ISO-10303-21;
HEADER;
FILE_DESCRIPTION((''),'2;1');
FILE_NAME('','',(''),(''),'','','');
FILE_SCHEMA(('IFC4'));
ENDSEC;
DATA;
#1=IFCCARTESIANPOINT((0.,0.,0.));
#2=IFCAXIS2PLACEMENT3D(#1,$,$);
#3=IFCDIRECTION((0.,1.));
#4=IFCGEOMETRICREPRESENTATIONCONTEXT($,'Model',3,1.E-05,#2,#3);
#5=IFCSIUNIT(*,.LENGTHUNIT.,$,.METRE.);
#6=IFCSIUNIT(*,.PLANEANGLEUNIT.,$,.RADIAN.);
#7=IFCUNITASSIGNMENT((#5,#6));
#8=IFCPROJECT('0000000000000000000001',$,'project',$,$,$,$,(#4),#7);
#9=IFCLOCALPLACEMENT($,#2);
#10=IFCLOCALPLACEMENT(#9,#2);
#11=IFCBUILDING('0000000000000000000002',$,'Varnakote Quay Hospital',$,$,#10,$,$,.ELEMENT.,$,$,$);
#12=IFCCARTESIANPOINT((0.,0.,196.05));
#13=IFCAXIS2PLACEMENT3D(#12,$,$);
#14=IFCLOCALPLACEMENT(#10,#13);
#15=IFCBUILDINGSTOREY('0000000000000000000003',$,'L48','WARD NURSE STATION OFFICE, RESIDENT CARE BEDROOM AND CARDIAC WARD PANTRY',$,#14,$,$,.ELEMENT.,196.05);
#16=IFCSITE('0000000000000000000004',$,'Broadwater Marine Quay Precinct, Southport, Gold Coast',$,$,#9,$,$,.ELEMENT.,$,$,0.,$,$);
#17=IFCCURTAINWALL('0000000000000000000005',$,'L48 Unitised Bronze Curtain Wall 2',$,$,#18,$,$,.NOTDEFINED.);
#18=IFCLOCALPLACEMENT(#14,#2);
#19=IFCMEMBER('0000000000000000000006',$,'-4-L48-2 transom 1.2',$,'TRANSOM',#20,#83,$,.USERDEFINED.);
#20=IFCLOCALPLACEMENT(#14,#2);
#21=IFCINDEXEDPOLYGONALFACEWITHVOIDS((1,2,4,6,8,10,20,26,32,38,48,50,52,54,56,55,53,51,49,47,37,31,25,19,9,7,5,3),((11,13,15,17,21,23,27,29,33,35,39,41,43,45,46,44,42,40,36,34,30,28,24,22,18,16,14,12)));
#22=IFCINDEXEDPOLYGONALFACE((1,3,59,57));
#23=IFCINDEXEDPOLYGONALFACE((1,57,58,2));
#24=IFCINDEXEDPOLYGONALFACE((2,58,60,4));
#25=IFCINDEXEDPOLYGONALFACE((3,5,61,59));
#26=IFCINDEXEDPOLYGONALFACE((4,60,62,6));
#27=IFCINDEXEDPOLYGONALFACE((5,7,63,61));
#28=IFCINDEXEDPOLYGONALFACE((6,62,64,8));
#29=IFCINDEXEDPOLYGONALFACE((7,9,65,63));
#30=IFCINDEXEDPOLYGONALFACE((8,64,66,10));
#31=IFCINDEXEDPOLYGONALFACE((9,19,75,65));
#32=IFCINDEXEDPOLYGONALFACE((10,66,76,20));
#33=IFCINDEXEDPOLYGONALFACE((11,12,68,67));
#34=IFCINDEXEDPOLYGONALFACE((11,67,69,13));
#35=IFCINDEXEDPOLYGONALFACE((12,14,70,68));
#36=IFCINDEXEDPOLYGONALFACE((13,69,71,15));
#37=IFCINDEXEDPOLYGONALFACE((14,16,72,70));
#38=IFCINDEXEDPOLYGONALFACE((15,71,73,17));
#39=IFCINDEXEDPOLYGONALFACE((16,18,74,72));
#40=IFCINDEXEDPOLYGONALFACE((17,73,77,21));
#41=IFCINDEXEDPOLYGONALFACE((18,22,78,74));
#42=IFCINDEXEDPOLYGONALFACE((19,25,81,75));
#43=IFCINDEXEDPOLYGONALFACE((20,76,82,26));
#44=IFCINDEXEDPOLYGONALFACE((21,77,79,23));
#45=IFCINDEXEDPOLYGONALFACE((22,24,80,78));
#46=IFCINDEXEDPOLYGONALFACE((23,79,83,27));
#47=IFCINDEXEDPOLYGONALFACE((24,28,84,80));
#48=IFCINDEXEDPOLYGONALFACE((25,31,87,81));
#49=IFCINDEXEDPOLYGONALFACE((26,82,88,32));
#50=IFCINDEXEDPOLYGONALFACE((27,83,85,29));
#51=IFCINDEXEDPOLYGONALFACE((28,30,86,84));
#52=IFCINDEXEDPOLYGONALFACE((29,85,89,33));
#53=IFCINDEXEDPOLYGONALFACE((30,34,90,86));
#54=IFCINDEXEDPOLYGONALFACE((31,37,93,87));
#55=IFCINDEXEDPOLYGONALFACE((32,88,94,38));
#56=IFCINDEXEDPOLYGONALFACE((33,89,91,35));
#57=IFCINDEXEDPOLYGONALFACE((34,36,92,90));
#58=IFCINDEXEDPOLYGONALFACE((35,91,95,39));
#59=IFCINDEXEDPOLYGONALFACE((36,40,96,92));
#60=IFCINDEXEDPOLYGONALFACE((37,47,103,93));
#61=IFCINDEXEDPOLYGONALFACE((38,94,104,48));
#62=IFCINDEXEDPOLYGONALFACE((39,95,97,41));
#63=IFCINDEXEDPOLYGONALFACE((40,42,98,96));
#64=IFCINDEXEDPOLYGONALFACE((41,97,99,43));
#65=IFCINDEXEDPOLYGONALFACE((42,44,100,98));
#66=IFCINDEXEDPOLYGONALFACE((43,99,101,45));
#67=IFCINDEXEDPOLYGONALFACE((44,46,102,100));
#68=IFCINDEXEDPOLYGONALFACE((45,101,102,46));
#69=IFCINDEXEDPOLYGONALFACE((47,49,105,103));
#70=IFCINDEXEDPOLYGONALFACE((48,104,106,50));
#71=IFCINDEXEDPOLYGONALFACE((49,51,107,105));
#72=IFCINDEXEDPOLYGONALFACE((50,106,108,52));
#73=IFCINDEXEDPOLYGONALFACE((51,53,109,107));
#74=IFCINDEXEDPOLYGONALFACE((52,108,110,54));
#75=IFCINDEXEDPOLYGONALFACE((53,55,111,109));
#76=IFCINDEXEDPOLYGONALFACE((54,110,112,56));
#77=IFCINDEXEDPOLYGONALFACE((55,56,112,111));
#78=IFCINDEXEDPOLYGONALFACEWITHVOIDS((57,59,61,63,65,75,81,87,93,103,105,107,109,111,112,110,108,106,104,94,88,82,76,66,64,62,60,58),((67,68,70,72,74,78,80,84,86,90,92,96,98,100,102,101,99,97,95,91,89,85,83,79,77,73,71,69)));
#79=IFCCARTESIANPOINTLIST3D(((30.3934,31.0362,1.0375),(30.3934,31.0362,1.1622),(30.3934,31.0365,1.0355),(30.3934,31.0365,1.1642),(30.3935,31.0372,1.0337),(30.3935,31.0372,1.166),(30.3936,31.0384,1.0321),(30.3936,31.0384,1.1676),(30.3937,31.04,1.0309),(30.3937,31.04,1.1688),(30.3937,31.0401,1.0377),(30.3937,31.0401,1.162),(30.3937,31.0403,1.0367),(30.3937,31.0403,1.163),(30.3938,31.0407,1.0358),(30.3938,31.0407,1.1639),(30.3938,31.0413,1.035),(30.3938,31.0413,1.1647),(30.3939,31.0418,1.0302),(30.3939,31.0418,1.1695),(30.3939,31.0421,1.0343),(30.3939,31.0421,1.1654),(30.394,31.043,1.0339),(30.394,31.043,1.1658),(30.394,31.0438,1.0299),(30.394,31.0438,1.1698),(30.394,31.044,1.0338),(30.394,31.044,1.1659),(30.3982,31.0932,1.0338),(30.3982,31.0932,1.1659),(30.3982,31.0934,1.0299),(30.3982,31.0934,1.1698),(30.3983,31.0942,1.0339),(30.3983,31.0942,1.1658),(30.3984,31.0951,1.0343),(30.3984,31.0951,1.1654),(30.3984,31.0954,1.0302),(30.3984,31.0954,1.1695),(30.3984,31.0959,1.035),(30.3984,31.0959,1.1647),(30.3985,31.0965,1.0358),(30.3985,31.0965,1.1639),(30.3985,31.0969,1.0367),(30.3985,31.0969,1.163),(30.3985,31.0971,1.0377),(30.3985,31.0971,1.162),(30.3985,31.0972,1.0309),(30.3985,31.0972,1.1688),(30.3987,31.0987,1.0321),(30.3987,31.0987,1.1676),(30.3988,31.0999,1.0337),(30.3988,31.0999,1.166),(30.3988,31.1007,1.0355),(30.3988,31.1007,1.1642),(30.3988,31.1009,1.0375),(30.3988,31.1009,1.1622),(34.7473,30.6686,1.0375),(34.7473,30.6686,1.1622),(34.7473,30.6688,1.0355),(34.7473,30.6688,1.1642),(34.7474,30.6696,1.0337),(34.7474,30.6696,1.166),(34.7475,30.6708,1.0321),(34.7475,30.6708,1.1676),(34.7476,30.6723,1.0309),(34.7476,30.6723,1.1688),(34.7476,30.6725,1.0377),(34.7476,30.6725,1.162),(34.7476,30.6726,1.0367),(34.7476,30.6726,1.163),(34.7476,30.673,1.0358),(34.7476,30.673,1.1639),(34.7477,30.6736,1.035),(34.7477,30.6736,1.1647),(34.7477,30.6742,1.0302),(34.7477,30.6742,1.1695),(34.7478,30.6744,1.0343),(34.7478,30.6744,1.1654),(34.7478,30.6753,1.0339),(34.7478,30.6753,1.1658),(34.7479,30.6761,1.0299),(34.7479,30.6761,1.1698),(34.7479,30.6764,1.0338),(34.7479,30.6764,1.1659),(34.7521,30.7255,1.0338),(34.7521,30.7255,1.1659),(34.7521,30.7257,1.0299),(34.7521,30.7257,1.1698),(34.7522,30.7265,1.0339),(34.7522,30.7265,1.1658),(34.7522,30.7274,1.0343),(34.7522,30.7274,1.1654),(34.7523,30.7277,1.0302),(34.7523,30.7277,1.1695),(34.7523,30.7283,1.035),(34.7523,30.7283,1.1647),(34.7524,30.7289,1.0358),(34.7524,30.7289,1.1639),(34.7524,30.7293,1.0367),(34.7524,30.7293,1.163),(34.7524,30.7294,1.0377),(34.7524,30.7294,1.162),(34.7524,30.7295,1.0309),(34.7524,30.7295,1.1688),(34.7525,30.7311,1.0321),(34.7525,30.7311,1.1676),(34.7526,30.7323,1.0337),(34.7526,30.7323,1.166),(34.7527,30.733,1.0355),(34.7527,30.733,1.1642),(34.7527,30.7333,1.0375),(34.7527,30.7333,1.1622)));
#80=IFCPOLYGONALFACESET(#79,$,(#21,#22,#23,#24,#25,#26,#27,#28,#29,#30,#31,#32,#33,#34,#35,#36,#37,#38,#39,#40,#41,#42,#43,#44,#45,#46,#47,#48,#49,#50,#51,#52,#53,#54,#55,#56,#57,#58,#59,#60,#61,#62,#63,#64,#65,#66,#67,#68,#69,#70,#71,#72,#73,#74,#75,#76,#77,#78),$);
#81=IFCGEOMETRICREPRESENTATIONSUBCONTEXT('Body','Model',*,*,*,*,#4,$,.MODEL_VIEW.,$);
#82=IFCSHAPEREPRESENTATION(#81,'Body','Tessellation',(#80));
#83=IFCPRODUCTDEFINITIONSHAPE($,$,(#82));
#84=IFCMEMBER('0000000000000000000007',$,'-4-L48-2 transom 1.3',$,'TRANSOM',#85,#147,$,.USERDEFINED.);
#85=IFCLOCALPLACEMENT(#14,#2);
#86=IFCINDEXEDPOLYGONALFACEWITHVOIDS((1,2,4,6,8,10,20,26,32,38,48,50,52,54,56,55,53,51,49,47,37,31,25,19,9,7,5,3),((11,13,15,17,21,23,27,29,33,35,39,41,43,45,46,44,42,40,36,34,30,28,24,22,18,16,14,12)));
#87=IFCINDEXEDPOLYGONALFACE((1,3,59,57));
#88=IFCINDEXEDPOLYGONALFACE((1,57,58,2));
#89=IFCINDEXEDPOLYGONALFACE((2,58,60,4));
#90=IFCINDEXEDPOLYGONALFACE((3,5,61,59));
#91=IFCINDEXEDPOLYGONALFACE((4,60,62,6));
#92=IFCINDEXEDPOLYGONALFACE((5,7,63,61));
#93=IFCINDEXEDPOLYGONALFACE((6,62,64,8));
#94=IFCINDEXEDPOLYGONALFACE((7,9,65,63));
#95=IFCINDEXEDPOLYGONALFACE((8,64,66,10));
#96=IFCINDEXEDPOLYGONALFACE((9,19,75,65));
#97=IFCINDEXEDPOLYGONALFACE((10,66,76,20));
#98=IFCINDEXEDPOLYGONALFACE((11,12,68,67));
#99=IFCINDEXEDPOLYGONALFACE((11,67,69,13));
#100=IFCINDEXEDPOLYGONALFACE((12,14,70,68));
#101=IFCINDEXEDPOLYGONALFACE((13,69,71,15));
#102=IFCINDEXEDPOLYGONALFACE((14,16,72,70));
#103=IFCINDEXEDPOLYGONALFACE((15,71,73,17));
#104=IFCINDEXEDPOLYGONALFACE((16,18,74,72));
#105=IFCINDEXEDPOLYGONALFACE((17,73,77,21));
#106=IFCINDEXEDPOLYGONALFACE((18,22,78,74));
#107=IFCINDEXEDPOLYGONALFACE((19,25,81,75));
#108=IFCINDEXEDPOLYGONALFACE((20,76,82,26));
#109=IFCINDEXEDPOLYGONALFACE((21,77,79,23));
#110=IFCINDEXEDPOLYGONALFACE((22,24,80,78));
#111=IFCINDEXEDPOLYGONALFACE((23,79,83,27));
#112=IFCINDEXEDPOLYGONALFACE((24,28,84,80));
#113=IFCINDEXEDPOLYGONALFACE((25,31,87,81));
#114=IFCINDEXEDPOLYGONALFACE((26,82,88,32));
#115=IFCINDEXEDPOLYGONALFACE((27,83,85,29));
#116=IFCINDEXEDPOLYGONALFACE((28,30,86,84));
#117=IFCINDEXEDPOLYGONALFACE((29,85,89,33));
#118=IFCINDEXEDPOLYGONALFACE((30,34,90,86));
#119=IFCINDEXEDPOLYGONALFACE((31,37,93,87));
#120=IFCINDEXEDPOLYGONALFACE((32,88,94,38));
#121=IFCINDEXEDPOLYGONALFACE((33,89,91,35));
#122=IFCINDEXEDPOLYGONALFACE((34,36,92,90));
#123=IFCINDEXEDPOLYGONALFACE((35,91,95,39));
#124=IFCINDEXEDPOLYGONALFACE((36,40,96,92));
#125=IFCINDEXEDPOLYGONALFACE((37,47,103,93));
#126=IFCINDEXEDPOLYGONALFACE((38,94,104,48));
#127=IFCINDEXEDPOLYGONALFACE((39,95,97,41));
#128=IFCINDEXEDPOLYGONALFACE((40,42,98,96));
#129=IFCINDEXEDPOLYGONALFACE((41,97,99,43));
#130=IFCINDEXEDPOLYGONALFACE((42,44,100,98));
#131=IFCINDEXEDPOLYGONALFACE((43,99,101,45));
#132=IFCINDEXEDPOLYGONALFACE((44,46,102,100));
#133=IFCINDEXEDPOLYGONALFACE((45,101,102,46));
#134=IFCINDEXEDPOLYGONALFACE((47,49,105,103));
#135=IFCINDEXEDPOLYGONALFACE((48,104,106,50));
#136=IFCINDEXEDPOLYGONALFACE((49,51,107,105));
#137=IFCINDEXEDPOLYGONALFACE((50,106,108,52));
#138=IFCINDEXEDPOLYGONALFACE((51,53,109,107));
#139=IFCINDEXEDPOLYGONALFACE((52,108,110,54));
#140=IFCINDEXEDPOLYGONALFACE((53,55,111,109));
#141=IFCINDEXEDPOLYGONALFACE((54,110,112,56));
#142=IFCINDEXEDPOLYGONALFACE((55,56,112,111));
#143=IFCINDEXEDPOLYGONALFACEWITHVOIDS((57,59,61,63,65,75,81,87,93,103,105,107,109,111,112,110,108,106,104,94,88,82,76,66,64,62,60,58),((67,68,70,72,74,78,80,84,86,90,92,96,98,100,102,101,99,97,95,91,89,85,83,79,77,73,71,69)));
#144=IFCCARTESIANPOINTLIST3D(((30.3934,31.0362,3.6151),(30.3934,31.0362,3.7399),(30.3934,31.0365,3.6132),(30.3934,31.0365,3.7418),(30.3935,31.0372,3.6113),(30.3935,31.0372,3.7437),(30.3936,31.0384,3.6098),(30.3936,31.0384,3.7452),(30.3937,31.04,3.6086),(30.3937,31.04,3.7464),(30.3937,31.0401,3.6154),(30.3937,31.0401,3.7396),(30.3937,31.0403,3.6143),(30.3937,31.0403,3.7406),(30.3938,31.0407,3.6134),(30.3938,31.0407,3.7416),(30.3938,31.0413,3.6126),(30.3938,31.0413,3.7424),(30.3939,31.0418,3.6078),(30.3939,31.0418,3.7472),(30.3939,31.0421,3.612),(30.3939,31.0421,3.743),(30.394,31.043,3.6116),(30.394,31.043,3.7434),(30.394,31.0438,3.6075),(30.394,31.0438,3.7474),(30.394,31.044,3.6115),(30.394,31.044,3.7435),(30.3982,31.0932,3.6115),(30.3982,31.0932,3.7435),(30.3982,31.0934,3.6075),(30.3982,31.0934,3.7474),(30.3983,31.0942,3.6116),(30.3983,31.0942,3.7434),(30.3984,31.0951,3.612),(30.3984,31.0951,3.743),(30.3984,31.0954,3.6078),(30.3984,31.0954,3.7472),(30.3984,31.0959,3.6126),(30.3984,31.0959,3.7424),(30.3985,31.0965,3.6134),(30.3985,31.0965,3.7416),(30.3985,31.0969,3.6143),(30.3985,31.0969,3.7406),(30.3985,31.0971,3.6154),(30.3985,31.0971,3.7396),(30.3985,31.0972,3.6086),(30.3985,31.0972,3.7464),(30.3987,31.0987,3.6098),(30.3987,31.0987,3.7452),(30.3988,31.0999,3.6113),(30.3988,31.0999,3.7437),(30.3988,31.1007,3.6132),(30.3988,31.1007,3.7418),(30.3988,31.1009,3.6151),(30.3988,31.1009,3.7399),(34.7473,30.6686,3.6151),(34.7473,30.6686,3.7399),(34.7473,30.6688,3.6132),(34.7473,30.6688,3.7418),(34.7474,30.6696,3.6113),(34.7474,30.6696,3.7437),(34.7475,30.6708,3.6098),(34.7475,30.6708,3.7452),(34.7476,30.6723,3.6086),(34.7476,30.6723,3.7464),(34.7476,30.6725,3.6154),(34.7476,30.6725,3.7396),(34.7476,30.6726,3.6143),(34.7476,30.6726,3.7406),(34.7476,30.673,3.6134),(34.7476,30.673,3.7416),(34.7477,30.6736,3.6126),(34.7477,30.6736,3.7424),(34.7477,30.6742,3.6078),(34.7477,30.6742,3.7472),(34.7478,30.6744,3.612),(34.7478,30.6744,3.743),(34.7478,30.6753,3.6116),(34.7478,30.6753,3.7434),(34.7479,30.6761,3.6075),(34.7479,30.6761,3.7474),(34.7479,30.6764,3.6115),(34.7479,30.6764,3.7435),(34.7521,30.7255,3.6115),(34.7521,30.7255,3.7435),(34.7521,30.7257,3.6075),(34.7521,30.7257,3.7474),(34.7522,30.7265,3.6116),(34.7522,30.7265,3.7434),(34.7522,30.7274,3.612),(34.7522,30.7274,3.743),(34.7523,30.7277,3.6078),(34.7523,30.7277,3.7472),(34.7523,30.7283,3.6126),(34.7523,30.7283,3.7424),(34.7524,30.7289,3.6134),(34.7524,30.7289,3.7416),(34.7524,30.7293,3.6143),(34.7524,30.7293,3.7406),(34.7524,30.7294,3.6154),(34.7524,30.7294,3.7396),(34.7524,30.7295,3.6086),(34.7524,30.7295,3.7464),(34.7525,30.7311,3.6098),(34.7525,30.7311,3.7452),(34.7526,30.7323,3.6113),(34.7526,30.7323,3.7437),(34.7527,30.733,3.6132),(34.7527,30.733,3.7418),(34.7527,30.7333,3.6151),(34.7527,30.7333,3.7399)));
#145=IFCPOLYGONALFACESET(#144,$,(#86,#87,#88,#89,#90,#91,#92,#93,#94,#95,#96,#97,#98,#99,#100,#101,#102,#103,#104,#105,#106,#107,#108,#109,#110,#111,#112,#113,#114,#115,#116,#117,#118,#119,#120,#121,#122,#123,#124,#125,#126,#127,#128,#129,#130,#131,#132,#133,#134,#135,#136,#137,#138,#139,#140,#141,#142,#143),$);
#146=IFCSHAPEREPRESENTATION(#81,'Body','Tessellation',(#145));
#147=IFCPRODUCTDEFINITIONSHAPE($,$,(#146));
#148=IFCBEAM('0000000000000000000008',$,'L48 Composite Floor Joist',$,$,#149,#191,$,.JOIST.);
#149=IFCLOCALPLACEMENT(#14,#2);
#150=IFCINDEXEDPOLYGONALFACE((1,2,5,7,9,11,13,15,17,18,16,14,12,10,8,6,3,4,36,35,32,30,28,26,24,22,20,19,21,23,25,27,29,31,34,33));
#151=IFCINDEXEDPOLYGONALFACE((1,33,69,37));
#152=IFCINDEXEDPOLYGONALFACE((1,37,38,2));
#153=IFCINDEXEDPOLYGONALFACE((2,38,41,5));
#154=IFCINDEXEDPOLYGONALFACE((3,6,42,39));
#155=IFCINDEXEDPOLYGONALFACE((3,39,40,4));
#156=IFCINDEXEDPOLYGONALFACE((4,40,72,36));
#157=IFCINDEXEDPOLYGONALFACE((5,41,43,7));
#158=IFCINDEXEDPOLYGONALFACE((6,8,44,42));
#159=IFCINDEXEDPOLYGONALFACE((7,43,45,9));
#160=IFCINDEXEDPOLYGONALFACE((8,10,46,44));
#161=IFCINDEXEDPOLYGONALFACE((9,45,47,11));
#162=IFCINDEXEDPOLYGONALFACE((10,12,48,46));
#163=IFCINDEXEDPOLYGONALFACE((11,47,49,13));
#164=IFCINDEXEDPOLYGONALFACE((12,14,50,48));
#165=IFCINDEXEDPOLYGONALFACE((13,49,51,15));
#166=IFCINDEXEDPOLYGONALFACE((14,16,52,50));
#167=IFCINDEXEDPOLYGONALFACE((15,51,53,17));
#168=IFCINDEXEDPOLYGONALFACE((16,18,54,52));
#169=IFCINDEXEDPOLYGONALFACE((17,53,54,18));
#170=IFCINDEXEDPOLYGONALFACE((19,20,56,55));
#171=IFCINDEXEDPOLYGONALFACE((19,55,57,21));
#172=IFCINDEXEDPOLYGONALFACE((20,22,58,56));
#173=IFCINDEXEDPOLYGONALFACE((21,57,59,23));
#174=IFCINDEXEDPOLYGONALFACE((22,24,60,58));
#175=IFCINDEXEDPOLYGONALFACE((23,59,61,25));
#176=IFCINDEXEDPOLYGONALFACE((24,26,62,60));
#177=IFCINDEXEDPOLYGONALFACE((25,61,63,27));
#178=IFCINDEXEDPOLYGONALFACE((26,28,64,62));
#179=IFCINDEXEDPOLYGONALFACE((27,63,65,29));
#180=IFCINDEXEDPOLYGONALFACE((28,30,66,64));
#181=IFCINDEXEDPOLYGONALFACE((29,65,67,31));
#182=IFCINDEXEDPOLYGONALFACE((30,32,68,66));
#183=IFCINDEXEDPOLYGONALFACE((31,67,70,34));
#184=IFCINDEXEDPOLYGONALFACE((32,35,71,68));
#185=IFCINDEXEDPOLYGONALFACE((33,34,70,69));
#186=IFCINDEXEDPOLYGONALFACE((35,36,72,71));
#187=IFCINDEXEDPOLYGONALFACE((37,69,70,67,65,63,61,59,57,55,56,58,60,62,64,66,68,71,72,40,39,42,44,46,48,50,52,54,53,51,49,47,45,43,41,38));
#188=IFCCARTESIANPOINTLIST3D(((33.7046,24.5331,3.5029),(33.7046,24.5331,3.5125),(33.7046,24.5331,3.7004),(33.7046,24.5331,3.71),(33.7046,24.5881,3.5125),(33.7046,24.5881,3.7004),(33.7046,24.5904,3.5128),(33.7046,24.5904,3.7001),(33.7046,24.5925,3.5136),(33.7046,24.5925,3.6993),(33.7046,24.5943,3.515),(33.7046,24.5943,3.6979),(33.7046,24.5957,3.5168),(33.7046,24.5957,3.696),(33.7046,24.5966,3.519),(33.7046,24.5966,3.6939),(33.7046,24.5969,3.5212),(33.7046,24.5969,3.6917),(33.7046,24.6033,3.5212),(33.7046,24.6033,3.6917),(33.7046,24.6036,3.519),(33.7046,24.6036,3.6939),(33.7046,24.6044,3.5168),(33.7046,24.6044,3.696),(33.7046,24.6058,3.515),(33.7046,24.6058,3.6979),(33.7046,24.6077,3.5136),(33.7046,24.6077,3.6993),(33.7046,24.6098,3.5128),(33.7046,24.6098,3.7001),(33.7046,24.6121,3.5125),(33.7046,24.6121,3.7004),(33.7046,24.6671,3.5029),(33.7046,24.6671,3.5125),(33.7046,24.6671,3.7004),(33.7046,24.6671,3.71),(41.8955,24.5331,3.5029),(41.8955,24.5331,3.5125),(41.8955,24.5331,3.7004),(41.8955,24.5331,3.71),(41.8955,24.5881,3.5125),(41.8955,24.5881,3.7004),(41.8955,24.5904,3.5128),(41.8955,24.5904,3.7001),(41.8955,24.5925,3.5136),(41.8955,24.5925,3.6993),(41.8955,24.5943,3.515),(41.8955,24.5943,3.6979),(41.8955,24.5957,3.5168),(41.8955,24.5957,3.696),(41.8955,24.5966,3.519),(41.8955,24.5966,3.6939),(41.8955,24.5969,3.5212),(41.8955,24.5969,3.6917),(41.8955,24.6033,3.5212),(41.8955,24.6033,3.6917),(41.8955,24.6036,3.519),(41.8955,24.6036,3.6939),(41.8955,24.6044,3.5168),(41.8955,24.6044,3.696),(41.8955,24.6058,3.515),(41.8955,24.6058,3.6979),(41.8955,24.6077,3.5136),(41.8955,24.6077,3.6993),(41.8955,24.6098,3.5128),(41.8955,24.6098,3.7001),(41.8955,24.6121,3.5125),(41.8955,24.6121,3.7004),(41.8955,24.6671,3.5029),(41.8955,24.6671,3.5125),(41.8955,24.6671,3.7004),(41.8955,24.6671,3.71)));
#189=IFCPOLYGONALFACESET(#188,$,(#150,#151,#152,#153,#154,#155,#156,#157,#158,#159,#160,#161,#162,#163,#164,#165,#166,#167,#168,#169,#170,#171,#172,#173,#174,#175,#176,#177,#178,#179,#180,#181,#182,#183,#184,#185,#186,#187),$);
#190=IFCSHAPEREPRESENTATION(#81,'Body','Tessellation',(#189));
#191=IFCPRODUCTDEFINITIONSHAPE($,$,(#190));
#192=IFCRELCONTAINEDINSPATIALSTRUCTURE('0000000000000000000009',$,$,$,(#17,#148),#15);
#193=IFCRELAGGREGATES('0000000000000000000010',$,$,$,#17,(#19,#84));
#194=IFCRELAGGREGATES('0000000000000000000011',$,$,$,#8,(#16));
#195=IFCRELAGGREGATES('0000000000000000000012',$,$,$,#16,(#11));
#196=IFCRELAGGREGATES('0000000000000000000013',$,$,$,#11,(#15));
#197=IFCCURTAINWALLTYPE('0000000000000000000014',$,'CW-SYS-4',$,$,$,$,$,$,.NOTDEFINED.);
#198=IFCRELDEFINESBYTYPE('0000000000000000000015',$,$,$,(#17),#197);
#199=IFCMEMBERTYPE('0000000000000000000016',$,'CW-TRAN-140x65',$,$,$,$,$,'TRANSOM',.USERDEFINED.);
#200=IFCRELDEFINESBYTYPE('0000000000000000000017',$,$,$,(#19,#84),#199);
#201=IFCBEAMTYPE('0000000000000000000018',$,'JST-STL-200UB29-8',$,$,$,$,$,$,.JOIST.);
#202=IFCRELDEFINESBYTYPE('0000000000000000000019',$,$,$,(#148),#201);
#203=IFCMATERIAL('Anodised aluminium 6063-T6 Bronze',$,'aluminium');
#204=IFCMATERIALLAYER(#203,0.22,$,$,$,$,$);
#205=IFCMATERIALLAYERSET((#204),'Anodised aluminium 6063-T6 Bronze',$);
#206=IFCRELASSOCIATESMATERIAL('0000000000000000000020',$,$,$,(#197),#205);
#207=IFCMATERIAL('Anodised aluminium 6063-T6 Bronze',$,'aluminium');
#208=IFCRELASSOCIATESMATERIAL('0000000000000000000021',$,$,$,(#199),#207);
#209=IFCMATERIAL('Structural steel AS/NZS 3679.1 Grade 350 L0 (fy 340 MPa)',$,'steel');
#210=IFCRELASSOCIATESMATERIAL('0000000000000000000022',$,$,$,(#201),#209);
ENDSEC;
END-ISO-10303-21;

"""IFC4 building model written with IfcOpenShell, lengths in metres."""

from ifc_helpers import new_model, si_unit, direction, frame, origin, origin_2d, place, context, subcontext, project, spatial, hollow_rectangle, i_section, extrude, material, layer, layer_set, material_profile, profile_set, type_object, element, aggregate, save


model = new_model("IFC4")

# Units and contexts
model_context = context("Model", 3, precision=1e-05, world=origin(), true_north=direction((0.0, 1.0)))
body_context = subcontext(model_context, "Body", "Model", "MODEL_VIEW")
ifc_project = project(units=[si_unit("LENGTHUNIT", "METRE"), si_unit("PLANEANGLEUNIT", "RADIAN")], contexts=[model_context])

# Site, building, storey
site_placement = place(None, origin())
site = spatial("IfcSite", under=ifc_project, at=site_placement, Name="Broadwater Marine Quay Precinct, Southport, Gold Coast", CompositionType="ELEMENT", RefElevation=0.0)
building_placement = place(site_placement, origin())
building = spatial("IfcBuilding", under=site, at=building_placement, Name="Varnakote Quay Hospital", CompositionType="ELEMENT")
storey_placement = place(building_placement, frame((0.0, 0.0, 196.05)))
storey = spatial("IfcBuildingStorey", under=building, at=storey_placement, Name="L48", Description="WARD NURSE STATION OFFICE, RESIDENT CARE BEDROOM AND CARDIAC WARD PANTRY", CompositionType="ELEMENT", Elevation=196.05)

# Shared definitions
ifc_material_1 = material(Name="Anodised aluminium 6063-T6 Bronze", Category="aluminium")
ifc_layer_1 = layer(ifc_material_1, 0.22)
ifc_layer_set_1 = layer_set([ifc_layer_1], Name="Anodised aluminium 6063-T6 Bronze")
curtain_wall_type = type_object("IfcCurtainWallType", Name="CW-SYS-4", PredefinedType="NOTDEFINED", material=ifc_layer_set_1)

# Curtain wall, members
curtain_wall_1_placement = place(storey_placement, origin())
curtain_wall_1 = element("IfcCurtainWall", 1, at=curtain_wall_1_placement, inside=storey, type_object=curtain_wall_type, Name="L48 Unitised Bronze Curtain Wall 2", PredefinedType="NOTDEFINED")
ifc_material_2 = material(Name="Anodised aluminium 6063-T6 Bronze", Category="aluminium")
ifc_material_profile_1 = material_profile(ifc_material_2, hollow_rectangle(XDim=0.0649, YDim=0.1399, WallThickness=0.0039, InnerFilletRadius=0.0039, OuterFilletRadius=0.0076, at=origin_2d()), Name="CW-TRAN-140x65")
ifc_profile_set_1 = profile_set([ifc_material_profile_1], Name="Anodised aluminium 6063-T6 Bronze")
member_type_1 = type_object("IfcMemberType", Name="CW-TRAN-140x65", ElementType="TRANSOM", PredefinedType="USERDEFINED", material=ifc_profile_set_1)
member_1_placement = place(storey_placement, frame((34.75, 30.7009, 1.0999), z_axis=(-0.996453, 0.084146, 0.0), x_axis=(-0.084146, -0.996453, 0.0)))
member_1 = element("IfcMember", 2, at=member_1_placement, type_object=member_type_1, Name="-4-L48-2 transom 1.2", ObjectType="TRANSOM", PredefinedType="USERDEFINED", context=body_context, shape_type="SweptSolid", body=[
    extrude(hollow_rectangle(XDim=0.0649, YDim=0.1399, WallThickness=0.0039, InnerFilletRadius=0.0039, OuterFilletRadius=0.0076, at=origin_2d()), origin(), (0.0, 0.0, 1.0), 4.3694),
])
member_2_placement = place(storey_placement, frame((34.75, 30.7009, 3.6775), z_axis=(-0.996453, 0.084146, 0.0), x_axis=(-0.084146, -0.996453, 0.0)))
member_2 = element("IfcMember", 3, at=member_2_placement, type_object=member_type_1, Name="-4-L48-2 transom 1.3", ObjectType="TRANSOM", PredefinedType="USERDEFINED", context=body_context, shape_type="SweptSolid", body=[
    extrude(hollow_rectangle(XDim=0.0649, YDim=0.1399, WallThickness=0.0039, InnerFilletRadius=0.0039, OuterFilletRadius=0.0076, at=origin_2d()), origin(), (0.0, 0.0, 1.0), 4.3694),
])

# Beam
ifc_material_3 = material(Name="Structural steel AS/NZS 3679.1 Grade 350 L0 (fy 340 MPa)", Category="steel")
ifc_material_profile_2 = material_profile(ifc_material_3, i_section(OverallWidth=0.134, OverallDepth=0.207, WebThickness=0.0063, FlangeThickness=0.0095, FilletRadius=0.0088, at=origin_2d()), Name="200UB29.8")
ifc_profile_set_2 = profile_set([ifc_material_profile_2], Name="Structural steel AS/NZS 3679.1 Grade 350 L0 (fy 340 MPa)")
beam_type_1 = type_object("IfcBeamType", Name="JST-STL-200UB29-8", PredefinedType="JOIST", material=ifc_profile_set_2)
beam_1_placement = place(storey_placement, frame((33.7046, 24.6001, 3.6064), z_axis=(1.0, 0.0, 0.0), x_axis=(0.0, 1.0, 0.0)))
element("IfcBeam", 4, at=beam_1_placement, inside=storey, type_object=beam_type_1, Name="L48 Composite Floor Joist", PredefinedType="JOIST", context=body_context, shape_type="SweptSolid", body=[
    extrude(i_section(OverallWidth=0.134, OverallDepth=0.207, WebThickness=0.0063, FlangeThickness=0.0095, FilletRadius=0.0088, at=origin_2d()), origin(), (0.0, 0.0, 1.0), 8.1909),
])

aggregate(curtain_wall_1, [member_1, member_2])

save(model, "model.ifc")
